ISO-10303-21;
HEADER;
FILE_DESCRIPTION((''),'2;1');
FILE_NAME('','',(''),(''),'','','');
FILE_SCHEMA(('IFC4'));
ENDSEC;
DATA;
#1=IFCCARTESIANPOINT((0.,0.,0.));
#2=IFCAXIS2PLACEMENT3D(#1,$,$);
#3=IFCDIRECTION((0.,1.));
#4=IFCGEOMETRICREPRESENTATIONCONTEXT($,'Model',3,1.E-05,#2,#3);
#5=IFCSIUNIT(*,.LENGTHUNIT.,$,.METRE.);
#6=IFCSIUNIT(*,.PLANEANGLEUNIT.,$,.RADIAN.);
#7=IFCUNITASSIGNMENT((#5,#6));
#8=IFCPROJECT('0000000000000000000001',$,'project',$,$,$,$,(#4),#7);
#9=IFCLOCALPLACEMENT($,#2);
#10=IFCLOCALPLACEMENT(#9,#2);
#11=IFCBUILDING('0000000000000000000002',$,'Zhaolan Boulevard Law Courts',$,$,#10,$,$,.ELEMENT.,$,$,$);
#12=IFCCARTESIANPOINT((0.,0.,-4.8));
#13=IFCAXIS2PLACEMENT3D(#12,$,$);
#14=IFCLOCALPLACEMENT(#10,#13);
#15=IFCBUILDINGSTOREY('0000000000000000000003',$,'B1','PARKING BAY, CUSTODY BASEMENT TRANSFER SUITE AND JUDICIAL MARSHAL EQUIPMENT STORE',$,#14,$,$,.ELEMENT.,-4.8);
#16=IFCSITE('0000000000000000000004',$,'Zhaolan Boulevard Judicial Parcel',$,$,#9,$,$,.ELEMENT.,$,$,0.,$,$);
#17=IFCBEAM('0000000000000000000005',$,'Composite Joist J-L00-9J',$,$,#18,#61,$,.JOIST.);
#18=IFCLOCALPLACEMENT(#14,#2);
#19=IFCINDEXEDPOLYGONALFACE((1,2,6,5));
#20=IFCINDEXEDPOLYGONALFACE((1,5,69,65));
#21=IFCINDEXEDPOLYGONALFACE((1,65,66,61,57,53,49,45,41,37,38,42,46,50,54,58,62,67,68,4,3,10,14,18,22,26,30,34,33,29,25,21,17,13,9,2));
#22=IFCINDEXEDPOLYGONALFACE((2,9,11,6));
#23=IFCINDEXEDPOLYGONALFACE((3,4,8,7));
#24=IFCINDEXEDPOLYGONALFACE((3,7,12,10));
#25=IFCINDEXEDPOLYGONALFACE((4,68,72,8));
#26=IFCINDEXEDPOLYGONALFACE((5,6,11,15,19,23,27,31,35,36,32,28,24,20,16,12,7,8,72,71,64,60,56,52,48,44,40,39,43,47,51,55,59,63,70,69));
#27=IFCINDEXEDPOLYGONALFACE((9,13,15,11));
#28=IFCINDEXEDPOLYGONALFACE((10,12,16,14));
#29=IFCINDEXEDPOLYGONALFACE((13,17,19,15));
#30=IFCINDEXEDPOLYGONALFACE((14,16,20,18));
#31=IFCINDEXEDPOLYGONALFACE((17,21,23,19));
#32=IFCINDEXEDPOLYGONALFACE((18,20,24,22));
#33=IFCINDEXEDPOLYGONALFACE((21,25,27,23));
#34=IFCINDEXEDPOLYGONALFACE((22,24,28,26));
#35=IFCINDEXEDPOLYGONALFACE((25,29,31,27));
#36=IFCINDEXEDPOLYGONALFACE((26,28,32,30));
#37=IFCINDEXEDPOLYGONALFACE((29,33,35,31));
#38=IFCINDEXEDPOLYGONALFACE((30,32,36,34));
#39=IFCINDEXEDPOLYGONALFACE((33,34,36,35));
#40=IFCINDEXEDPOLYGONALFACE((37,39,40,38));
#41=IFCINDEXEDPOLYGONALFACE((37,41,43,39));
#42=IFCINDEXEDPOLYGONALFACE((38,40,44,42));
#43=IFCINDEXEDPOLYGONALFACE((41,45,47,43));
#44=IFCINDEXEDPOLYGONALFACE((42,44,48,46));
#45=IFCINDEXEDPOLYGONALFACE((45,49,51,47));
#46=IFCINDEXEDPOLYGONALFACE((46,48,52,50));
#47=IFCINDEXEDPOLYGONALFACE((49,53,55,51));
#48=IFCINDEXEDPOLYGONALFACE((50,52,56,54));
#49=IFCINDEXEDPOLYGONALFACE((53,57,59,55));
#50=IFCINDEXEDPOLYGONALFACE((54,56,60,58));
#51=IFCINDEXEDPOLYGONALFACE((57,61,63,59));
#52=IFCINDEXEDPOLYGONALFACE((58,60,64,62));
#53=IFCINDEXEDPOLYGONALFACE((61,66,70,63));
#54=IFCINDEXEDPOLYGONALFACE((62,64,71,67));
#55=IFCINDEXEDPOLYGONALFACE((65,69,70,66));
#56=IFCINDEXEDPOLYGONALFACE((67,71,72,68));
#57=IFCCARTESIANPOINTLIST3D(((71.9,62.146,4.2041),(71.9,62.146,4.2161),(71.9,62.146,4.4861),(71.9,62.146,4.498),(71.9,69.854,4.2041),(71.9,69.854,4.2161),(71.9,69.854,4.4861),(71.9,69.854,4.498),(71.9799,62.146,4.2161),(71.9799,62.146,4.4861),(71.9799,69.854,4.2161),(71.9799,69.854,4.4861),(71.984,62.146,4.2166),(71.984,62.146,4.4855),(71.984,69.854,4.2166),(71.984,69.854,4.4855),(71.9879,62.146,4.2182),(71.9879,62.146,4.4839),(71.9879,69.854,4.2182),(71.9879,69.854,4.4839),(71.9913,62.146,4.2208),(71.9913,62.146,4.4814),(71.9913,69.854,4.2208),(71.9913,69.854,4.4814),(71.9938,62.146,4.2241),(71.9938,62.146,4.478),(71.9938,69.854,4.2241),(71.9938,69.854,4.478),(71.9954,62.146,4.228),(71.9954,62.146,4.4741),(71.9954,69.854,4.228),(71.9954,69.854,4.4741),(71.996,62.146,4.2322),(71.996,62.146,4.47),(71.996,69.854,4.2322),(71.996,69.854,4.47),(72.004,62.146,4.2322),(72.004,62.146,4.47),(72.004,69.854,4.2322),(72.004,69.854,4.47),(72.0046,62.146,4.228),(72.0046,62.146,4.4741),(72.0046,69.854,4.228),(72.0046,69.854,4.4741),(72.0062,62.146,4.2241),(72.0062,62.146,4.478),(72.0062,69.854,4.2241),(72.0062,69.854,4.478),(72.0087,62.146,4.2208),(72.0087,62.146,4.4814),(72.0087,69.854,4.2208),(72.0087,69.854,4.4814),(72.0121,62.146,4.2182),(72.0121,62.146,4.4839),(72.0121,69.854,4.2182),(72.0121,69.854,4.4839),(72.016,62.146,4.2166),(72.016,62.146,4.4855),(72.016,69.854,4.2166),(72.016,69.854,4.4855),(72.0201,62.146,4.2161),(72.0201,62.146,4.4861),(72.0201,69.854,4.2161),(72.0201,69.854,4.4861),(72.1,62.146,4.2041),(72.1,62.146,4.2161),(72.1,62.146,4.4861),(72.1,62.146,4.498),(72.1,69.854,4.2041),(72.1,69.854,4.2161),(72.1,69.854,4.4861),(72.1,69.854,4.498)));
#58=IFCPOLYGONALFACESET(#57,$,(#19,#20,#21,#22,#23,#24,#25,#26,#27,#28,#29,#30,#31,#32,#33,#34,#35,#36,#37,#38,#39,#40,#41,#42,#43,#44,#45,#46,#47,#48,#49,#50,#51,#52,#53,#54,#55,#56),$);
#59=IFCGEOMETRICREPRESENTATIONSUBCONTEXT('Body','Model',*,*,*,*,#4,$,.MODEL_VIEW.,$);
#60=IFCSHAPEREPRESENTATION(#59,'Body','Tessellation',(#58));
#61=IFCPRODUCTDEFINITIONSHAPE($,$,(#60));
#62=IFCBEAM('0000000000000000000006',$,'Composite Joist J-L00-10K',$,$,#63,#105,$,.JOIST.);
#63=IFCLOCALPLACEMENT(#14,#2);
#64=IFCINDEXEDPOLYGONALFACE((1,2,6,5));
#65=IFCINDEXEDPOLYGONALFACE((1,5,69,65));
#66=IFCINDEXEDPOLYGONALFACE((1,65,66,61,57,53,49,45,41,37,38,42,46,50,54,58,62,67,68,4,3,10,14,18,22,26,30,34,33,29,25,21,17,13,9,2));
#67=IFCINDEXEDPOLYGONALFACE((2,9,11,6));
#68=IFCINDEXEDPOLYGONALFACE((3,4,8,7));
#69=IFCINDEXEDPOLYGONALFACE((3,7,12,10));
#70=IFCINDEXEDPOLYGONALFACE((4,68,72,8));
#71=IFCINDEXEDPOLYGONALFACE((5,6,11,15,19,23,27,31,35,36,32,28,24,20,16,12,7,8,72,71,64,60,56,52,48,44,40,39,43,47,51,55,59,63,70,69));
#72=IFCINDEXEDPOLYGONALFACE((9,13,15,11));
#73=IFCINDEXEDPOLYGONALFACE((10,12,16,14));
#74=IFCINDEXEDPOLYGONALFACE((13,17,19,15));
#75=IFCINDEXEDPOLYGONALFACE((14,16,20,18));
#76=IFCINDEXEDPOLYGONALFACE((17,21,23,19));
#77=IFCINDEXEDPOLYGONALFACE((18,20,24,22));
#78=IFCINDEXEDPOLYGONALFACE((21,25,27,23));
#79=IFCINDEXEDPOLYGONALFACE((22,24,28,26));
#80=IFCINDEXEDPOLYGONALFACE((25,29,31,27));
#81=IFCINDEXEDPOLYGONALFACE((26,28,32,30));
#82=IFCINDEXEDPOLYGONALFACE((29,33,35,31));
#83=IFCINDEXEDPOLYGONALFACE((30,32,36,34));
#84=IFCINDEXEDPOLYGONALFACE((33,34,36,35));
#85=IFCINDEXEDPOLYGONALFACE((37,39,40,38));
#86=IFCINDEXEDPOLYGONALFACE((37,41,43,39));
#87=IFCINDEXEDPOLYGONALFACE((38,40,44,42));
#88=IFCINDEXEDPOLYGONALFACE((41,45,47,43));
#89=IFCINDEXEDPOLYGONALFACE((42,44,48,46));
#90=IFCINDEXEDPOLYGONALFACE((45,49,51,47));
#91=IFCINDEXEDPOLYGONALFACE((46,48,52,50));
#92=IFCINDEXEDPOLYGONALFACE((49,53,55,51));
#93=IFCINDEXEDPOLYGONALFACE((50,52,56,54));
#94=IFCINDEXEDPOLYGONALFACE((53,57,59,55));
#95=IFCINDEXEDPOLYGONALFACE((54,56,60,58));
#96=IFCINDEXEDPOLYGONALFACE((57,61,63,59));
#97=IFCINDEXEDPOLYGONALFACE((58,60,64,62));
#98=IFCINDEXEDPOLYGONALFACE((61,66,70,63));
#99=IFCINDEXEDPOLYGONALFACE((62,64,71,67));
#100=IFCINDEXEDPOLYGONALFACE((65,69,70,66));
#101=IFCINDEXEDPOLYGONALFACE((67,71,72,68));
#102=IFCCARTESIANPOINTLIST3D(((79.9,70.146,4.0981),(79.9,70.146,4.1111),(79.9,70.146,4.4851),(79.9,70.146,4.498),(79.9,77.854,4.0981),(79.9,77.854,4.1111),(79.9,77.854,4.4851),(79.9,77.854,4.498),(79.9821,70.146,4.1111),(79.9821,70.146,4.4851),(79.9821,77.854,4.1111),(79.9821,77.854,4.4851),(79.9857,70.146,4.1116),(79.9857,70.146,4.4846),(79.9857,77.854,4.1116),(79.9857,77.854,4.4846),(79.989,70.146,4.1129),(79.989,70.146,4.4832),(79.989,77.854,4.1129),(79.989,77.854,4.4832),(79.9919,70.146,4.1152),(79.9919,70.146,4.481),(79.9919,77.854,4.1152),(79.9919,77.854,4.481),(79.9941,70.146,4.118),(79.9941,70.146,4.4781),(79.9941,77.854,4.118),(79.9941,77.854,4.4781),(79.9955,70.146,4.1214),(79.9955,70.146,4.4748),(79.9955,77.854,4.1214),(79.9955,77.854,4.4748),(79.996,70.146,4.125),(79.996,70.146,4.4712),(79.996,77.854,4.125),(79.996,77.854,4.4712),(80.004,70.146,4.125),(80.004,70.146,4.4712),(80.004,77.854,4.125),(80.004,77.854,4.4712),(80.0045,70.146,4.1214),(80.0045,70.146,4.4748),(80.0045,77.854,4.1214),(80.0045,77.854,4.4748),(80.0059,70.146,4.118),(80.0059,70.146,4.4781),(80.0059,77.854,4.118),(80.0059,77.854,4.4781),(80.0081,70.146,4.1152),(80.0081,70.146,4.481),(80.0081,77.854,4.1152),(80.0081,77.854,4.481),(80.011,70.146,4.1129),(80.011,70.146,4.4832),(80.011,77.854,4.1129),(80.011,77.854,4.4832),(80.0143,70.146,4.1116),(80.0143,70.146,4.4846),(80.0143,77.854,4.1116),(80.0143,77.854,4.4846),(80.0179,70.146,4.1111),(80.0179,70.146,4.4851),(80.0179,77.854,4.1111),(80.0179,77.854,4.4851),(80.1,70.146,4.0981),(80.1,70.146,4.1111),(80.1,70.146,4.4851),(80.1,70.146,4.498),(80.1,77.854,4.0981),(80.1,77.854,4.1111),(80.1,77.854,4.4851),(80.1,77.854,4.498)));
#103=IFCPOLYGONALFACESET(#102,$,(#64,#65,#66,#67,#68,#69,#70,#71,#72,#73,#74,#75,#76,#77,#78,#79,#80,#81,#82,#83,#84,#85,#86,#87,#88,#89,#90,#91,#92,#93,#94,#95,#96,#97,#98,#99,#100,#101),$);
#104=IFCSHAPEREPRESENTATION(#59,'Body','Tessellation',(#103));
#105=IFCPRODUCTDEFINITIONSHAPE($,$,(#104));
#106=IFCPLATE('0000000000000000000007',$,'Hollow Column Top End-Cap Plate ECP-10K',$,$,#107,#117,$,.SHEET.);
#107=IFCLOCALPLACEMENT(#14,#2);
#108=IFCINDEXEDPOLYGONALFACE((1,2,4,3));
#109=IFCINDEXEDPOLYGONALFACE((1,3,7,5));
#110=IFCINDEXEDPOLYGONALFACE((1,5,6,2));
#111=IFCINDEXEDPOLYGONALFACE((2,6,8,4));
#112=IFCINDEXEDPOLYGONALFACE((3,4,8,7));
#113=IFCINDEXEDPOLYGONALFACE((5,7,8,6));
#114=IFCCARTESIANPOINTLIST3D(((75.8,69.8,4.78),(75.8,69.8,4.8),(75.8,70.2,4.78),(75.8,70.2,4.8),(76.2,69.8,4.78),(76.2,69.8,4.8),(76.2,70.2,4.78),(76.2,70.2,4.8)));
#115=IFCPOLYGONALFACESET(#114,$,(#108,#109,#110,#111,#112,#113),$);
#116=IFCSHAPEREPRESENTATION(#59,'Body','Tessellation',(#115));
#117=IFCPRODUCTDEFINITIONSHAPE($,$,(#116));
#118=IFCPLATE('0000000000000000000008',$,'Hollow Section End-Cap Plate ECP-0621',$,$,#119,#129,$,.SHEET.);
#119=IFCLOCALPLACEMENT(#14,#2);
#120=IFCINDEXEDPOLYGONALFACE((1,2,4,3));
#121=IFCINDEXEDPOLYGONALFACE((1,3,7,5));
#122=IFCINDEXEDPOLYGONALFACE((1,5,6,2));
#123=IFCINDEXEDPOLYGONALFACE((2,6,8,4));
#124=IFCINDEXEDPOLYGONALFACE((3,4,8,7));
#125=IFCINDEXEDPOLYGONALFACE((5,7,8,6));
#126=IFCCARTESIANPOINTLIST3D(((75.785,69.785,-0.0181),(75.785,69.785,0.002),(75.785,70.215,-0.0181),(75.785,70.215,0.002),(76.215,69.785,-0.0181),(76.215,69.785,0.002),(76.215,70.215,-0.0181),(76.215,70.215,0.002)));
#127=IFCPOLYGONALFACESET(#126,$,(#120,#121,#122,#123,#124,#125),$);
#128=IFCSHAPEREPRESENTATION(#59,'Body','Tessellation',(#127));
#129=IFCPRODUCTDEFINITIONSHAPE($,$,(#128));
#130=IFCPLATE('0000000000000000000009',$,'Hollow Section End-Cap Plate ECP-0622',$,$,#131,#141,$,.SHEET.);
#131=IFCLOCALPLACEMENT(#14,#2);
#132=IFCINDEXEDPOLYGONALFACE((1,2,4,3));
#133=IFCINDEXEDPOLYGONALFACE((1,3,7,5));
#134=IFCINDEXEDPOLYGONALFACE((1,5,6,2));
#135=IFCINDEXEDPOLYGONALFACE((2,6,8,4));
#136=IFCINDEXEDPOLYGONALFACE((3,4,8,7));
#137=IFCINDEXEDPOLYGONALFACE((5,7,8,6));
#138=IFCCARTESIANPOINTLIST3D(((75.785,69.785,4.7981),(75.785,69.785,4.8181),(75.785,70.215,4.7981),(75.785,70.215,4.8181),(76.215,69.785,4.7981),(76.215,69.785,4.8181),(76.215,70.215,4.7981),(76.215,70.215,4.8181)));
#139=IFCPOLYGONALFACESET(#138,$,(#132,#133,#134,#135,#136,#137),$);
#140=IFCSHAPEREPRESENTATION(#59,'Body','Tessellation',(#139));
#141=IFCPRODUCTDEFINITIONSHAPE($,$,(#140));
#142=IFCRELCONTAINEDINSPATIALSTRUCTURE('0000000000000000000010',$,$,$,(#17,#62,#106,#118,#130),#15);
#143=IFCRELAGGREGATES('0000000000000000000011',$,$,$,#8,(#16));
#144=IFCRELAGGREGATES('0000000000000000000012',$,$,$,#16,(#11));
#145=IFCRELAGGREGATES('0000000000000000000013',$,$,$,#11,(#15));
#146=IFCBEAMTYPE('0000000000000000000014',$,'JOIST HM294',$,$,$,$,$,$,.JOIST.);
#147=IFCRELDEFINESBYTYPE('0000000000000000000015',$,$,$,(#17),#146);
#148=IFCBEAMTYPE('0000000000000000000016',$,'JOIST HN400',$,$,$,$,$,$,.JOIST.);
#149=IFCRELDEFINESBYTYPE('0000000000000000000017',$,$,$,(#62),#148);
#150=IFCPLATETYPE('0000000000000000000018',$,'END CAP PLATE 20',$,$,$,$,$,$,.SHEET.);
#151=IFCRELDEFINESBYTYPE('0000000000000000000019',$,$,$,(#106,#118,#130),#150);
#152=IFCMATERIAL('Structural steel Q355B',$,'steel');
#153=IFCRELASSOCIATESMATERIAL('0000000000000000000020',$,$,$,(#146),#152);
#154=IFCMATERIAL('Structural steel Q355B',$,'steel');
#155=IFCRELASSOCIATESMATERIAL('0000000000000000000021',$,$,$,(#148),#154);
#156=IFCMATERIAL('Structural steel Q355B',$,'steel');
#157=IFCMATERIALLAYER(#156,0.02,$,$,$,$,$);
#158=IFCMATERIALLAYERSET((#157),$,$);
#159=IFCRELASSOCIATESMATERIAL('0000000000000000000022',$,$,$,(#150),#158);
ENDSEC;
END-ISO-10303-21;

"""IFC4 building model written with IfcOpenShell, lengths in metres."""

from ifc_helpers import new_model, si_unit, direction, frame, origin, origin_2d, place, context, subcontext, project, spatial, rectangle, i_section, extrude, material, layer, layer_set, material_profile, profile_set, type_object, element, save


model = new_model("IFC4")

# Units and contexts
model_context = context("Model", 3, precision=1e-05, world=origin(), true_north=direction((0.0, 1.0)))
body_context = subcontext(model_context, "Body", "Model", "MODEL_VIEW")
ifc_project = project(units=[si_unit("LENGTHUNIT", "METRE"), si_unit("PLANEANGLEUNIT", "RADIAN")], contexts=[model_context])

# Site, building, storey
site_placement = place(None, origin())
site = spatial("IfcSite", under=ifc_project, at=site_placement, Name="Zhaolan Boulevard Judicial Parcel", CompositionType="ELEMENT", RefElevation=0.0)
building_placement = place(site_placement, origin())
building = spatial("IfcBuilding", under=site, at=building_placement, Name="Zhaolan Boulevard Law Courts", CompositionType="ELEMENT")
storey_placement = place(building_placement, frame((0.0, 0.0, -4.8)))
storey = spatial("IfcBuildingStorey", under=building, at=storey_placement, Name="B1", Description="PARKING BAY, CUSTODY BASEMENT TRANSFER SUITE AND JUDICIAL MARSHAL EQUIPMENT STORE", CompositionType="ELEMENT", Elevation=-4.8)

# Beams
ifc_material_1 = material(Name="Structural steel Q355B", Category="steel")
ifc_material_profile_1 = material_profile(ifc_material_1, i_section(OverallWidth=0.2, OverallDepth=0.2939, WebThickness=0.0081, FlangeThickness=0.012, FilletRadius=0.0161, at=origin_2d()), Name="HM294x200")
ifc_profile_set_1 = profile_set([ifc_material_profile_1], Name="Structural steel Q355B")
beam_type_1 = type_object("IfcBeamType", Name="JOIST HM294", PredefinedType="JOIST", material=ifc_profile_set_1)
beam_1_placement = place(storey_placement, frame((72.0, 62.146, 4.3511), z_axis=(0.0, 1.0, 0.0), x_axis=(-1.0, 0.0, 0.0)))
element("IfcBeam", 1, at=beam_1_placement, inside=storey, type_object=beam_type_1, Name="Composite Joist J-L00-9J", PredefinedType="JOIST", context=body_context, shape_type="SweptSolid", body=[
    extrude(i_section(OverallWidth=0.2, OverallDepth=0.2939, WebThickness=0.0081, FlangeThickness=0.012, FilletRadius=0.0161, at=origin_2d()), origin(), (0.0, 0.0, 1.0), 7.708),
])
ifc_material_2 = material(Name="Structural steel Q355B", Category="steel")
ifc_material_profile_2 = material_profile(ifc_material_2, i_section(OverallWidth=0.2, OverallDepth=0.3999, WebThickness=0.0081, FlangeThickness=0.0129, FilletRadius=0.0139, at=origin_2d()), Name="HN400x200")
ifc_profile_set_2 = profile_set([ifc_material_profile_2], Name="Structural steel Q355B")
beam_type_2 = type_object("IfcBeamType", Name="JOIST HN400", PredefinedType="JOIST", material=ifc_profile_set_2)
beam_2_placement = place(storey_placement, frame((80.0, 70.146, 4.2981), z_axis=(0.0, 1.0, 0.0), x_axis=(-1.0, 0.0, 0.0)))
element("IfcBeam", 2, at=beam_2_placement, inside=storey, type_object=beam_type_2, Name="Composite Joist J-L00-10K", PredefinedType="JOIST", context=body_context, shape_type="SweptSolid", body=[
    extrude(i_section(OverallWidth=0.2, OverallDepth=0.3999, WebThickness=0.0081, FlangeThickness=0.0129, FilletRadius=0.0139, at=origin_2d()), origin(), (0.0, 0.0, 1.0), 7.708),
])

# Plates
ifc_material_3 = material(Name="Structural steel Q355B", Category="steel")
ifc_layer = layer(ifc_material_3, 0.02)
ifc_layer_set = layer_set([ifc_layer])
plate_type = type_object("IfcPlateType", Name="END CAP PLATE 20", PredefinedType="SHEET", material=ifc_layer_set)
plate_placement = place(storey_placement, frame((76.0, 70.0, 4.78), z_axis=(0.0, 0.0, 1.0), x_axis=(1.0, 0.0, 0.0)))
element("IfcPlate", 3, at=plate_placement, inside=storey, type_object=plate_type, Name="Hollow Column Top End-Cap Plate ECP-10K", PredefinedType="SHEET", context=body_context, shape_type="SweptSolid", body=[
    extrude(rectangle(XDim=0.3999, YDim=0.3999, at=origin_2d()), origin(), (0.0, 0.0, 1.0), 0.02),
])
for number, where, z_axis, x_axis, name in (
    (4, (76.0, 70.0, -0.0181), (0.0, 0.0, 1.0), (1.0, 0.0, 0.0), "Hollow Section End-Cap Plate ECP-0621"),
    (5, (76.0, 70.0, 4.7981), (0.0, 0.0, 1.0), (1.0, 0.0, 0.0), "Hollow Section End-Cap Plate ECP-0622"),
):
    element("IfcPlate", number, at=place(storey_placement, frame(where, z_axis=z_axis, x_axis=x_axis)), inside=storey, type_object=plate_type, Name=name, PredefinedType="SHEET", context=body_context, shape_type="SweptSolid", body=[
        extrude(rectangle(XDim=0.4299, YDim=0.4299, at=origin_2d()), origin(), (0.0, 0.0, 1.0), 0.02),
    ])

save(model, "model.ifc")
